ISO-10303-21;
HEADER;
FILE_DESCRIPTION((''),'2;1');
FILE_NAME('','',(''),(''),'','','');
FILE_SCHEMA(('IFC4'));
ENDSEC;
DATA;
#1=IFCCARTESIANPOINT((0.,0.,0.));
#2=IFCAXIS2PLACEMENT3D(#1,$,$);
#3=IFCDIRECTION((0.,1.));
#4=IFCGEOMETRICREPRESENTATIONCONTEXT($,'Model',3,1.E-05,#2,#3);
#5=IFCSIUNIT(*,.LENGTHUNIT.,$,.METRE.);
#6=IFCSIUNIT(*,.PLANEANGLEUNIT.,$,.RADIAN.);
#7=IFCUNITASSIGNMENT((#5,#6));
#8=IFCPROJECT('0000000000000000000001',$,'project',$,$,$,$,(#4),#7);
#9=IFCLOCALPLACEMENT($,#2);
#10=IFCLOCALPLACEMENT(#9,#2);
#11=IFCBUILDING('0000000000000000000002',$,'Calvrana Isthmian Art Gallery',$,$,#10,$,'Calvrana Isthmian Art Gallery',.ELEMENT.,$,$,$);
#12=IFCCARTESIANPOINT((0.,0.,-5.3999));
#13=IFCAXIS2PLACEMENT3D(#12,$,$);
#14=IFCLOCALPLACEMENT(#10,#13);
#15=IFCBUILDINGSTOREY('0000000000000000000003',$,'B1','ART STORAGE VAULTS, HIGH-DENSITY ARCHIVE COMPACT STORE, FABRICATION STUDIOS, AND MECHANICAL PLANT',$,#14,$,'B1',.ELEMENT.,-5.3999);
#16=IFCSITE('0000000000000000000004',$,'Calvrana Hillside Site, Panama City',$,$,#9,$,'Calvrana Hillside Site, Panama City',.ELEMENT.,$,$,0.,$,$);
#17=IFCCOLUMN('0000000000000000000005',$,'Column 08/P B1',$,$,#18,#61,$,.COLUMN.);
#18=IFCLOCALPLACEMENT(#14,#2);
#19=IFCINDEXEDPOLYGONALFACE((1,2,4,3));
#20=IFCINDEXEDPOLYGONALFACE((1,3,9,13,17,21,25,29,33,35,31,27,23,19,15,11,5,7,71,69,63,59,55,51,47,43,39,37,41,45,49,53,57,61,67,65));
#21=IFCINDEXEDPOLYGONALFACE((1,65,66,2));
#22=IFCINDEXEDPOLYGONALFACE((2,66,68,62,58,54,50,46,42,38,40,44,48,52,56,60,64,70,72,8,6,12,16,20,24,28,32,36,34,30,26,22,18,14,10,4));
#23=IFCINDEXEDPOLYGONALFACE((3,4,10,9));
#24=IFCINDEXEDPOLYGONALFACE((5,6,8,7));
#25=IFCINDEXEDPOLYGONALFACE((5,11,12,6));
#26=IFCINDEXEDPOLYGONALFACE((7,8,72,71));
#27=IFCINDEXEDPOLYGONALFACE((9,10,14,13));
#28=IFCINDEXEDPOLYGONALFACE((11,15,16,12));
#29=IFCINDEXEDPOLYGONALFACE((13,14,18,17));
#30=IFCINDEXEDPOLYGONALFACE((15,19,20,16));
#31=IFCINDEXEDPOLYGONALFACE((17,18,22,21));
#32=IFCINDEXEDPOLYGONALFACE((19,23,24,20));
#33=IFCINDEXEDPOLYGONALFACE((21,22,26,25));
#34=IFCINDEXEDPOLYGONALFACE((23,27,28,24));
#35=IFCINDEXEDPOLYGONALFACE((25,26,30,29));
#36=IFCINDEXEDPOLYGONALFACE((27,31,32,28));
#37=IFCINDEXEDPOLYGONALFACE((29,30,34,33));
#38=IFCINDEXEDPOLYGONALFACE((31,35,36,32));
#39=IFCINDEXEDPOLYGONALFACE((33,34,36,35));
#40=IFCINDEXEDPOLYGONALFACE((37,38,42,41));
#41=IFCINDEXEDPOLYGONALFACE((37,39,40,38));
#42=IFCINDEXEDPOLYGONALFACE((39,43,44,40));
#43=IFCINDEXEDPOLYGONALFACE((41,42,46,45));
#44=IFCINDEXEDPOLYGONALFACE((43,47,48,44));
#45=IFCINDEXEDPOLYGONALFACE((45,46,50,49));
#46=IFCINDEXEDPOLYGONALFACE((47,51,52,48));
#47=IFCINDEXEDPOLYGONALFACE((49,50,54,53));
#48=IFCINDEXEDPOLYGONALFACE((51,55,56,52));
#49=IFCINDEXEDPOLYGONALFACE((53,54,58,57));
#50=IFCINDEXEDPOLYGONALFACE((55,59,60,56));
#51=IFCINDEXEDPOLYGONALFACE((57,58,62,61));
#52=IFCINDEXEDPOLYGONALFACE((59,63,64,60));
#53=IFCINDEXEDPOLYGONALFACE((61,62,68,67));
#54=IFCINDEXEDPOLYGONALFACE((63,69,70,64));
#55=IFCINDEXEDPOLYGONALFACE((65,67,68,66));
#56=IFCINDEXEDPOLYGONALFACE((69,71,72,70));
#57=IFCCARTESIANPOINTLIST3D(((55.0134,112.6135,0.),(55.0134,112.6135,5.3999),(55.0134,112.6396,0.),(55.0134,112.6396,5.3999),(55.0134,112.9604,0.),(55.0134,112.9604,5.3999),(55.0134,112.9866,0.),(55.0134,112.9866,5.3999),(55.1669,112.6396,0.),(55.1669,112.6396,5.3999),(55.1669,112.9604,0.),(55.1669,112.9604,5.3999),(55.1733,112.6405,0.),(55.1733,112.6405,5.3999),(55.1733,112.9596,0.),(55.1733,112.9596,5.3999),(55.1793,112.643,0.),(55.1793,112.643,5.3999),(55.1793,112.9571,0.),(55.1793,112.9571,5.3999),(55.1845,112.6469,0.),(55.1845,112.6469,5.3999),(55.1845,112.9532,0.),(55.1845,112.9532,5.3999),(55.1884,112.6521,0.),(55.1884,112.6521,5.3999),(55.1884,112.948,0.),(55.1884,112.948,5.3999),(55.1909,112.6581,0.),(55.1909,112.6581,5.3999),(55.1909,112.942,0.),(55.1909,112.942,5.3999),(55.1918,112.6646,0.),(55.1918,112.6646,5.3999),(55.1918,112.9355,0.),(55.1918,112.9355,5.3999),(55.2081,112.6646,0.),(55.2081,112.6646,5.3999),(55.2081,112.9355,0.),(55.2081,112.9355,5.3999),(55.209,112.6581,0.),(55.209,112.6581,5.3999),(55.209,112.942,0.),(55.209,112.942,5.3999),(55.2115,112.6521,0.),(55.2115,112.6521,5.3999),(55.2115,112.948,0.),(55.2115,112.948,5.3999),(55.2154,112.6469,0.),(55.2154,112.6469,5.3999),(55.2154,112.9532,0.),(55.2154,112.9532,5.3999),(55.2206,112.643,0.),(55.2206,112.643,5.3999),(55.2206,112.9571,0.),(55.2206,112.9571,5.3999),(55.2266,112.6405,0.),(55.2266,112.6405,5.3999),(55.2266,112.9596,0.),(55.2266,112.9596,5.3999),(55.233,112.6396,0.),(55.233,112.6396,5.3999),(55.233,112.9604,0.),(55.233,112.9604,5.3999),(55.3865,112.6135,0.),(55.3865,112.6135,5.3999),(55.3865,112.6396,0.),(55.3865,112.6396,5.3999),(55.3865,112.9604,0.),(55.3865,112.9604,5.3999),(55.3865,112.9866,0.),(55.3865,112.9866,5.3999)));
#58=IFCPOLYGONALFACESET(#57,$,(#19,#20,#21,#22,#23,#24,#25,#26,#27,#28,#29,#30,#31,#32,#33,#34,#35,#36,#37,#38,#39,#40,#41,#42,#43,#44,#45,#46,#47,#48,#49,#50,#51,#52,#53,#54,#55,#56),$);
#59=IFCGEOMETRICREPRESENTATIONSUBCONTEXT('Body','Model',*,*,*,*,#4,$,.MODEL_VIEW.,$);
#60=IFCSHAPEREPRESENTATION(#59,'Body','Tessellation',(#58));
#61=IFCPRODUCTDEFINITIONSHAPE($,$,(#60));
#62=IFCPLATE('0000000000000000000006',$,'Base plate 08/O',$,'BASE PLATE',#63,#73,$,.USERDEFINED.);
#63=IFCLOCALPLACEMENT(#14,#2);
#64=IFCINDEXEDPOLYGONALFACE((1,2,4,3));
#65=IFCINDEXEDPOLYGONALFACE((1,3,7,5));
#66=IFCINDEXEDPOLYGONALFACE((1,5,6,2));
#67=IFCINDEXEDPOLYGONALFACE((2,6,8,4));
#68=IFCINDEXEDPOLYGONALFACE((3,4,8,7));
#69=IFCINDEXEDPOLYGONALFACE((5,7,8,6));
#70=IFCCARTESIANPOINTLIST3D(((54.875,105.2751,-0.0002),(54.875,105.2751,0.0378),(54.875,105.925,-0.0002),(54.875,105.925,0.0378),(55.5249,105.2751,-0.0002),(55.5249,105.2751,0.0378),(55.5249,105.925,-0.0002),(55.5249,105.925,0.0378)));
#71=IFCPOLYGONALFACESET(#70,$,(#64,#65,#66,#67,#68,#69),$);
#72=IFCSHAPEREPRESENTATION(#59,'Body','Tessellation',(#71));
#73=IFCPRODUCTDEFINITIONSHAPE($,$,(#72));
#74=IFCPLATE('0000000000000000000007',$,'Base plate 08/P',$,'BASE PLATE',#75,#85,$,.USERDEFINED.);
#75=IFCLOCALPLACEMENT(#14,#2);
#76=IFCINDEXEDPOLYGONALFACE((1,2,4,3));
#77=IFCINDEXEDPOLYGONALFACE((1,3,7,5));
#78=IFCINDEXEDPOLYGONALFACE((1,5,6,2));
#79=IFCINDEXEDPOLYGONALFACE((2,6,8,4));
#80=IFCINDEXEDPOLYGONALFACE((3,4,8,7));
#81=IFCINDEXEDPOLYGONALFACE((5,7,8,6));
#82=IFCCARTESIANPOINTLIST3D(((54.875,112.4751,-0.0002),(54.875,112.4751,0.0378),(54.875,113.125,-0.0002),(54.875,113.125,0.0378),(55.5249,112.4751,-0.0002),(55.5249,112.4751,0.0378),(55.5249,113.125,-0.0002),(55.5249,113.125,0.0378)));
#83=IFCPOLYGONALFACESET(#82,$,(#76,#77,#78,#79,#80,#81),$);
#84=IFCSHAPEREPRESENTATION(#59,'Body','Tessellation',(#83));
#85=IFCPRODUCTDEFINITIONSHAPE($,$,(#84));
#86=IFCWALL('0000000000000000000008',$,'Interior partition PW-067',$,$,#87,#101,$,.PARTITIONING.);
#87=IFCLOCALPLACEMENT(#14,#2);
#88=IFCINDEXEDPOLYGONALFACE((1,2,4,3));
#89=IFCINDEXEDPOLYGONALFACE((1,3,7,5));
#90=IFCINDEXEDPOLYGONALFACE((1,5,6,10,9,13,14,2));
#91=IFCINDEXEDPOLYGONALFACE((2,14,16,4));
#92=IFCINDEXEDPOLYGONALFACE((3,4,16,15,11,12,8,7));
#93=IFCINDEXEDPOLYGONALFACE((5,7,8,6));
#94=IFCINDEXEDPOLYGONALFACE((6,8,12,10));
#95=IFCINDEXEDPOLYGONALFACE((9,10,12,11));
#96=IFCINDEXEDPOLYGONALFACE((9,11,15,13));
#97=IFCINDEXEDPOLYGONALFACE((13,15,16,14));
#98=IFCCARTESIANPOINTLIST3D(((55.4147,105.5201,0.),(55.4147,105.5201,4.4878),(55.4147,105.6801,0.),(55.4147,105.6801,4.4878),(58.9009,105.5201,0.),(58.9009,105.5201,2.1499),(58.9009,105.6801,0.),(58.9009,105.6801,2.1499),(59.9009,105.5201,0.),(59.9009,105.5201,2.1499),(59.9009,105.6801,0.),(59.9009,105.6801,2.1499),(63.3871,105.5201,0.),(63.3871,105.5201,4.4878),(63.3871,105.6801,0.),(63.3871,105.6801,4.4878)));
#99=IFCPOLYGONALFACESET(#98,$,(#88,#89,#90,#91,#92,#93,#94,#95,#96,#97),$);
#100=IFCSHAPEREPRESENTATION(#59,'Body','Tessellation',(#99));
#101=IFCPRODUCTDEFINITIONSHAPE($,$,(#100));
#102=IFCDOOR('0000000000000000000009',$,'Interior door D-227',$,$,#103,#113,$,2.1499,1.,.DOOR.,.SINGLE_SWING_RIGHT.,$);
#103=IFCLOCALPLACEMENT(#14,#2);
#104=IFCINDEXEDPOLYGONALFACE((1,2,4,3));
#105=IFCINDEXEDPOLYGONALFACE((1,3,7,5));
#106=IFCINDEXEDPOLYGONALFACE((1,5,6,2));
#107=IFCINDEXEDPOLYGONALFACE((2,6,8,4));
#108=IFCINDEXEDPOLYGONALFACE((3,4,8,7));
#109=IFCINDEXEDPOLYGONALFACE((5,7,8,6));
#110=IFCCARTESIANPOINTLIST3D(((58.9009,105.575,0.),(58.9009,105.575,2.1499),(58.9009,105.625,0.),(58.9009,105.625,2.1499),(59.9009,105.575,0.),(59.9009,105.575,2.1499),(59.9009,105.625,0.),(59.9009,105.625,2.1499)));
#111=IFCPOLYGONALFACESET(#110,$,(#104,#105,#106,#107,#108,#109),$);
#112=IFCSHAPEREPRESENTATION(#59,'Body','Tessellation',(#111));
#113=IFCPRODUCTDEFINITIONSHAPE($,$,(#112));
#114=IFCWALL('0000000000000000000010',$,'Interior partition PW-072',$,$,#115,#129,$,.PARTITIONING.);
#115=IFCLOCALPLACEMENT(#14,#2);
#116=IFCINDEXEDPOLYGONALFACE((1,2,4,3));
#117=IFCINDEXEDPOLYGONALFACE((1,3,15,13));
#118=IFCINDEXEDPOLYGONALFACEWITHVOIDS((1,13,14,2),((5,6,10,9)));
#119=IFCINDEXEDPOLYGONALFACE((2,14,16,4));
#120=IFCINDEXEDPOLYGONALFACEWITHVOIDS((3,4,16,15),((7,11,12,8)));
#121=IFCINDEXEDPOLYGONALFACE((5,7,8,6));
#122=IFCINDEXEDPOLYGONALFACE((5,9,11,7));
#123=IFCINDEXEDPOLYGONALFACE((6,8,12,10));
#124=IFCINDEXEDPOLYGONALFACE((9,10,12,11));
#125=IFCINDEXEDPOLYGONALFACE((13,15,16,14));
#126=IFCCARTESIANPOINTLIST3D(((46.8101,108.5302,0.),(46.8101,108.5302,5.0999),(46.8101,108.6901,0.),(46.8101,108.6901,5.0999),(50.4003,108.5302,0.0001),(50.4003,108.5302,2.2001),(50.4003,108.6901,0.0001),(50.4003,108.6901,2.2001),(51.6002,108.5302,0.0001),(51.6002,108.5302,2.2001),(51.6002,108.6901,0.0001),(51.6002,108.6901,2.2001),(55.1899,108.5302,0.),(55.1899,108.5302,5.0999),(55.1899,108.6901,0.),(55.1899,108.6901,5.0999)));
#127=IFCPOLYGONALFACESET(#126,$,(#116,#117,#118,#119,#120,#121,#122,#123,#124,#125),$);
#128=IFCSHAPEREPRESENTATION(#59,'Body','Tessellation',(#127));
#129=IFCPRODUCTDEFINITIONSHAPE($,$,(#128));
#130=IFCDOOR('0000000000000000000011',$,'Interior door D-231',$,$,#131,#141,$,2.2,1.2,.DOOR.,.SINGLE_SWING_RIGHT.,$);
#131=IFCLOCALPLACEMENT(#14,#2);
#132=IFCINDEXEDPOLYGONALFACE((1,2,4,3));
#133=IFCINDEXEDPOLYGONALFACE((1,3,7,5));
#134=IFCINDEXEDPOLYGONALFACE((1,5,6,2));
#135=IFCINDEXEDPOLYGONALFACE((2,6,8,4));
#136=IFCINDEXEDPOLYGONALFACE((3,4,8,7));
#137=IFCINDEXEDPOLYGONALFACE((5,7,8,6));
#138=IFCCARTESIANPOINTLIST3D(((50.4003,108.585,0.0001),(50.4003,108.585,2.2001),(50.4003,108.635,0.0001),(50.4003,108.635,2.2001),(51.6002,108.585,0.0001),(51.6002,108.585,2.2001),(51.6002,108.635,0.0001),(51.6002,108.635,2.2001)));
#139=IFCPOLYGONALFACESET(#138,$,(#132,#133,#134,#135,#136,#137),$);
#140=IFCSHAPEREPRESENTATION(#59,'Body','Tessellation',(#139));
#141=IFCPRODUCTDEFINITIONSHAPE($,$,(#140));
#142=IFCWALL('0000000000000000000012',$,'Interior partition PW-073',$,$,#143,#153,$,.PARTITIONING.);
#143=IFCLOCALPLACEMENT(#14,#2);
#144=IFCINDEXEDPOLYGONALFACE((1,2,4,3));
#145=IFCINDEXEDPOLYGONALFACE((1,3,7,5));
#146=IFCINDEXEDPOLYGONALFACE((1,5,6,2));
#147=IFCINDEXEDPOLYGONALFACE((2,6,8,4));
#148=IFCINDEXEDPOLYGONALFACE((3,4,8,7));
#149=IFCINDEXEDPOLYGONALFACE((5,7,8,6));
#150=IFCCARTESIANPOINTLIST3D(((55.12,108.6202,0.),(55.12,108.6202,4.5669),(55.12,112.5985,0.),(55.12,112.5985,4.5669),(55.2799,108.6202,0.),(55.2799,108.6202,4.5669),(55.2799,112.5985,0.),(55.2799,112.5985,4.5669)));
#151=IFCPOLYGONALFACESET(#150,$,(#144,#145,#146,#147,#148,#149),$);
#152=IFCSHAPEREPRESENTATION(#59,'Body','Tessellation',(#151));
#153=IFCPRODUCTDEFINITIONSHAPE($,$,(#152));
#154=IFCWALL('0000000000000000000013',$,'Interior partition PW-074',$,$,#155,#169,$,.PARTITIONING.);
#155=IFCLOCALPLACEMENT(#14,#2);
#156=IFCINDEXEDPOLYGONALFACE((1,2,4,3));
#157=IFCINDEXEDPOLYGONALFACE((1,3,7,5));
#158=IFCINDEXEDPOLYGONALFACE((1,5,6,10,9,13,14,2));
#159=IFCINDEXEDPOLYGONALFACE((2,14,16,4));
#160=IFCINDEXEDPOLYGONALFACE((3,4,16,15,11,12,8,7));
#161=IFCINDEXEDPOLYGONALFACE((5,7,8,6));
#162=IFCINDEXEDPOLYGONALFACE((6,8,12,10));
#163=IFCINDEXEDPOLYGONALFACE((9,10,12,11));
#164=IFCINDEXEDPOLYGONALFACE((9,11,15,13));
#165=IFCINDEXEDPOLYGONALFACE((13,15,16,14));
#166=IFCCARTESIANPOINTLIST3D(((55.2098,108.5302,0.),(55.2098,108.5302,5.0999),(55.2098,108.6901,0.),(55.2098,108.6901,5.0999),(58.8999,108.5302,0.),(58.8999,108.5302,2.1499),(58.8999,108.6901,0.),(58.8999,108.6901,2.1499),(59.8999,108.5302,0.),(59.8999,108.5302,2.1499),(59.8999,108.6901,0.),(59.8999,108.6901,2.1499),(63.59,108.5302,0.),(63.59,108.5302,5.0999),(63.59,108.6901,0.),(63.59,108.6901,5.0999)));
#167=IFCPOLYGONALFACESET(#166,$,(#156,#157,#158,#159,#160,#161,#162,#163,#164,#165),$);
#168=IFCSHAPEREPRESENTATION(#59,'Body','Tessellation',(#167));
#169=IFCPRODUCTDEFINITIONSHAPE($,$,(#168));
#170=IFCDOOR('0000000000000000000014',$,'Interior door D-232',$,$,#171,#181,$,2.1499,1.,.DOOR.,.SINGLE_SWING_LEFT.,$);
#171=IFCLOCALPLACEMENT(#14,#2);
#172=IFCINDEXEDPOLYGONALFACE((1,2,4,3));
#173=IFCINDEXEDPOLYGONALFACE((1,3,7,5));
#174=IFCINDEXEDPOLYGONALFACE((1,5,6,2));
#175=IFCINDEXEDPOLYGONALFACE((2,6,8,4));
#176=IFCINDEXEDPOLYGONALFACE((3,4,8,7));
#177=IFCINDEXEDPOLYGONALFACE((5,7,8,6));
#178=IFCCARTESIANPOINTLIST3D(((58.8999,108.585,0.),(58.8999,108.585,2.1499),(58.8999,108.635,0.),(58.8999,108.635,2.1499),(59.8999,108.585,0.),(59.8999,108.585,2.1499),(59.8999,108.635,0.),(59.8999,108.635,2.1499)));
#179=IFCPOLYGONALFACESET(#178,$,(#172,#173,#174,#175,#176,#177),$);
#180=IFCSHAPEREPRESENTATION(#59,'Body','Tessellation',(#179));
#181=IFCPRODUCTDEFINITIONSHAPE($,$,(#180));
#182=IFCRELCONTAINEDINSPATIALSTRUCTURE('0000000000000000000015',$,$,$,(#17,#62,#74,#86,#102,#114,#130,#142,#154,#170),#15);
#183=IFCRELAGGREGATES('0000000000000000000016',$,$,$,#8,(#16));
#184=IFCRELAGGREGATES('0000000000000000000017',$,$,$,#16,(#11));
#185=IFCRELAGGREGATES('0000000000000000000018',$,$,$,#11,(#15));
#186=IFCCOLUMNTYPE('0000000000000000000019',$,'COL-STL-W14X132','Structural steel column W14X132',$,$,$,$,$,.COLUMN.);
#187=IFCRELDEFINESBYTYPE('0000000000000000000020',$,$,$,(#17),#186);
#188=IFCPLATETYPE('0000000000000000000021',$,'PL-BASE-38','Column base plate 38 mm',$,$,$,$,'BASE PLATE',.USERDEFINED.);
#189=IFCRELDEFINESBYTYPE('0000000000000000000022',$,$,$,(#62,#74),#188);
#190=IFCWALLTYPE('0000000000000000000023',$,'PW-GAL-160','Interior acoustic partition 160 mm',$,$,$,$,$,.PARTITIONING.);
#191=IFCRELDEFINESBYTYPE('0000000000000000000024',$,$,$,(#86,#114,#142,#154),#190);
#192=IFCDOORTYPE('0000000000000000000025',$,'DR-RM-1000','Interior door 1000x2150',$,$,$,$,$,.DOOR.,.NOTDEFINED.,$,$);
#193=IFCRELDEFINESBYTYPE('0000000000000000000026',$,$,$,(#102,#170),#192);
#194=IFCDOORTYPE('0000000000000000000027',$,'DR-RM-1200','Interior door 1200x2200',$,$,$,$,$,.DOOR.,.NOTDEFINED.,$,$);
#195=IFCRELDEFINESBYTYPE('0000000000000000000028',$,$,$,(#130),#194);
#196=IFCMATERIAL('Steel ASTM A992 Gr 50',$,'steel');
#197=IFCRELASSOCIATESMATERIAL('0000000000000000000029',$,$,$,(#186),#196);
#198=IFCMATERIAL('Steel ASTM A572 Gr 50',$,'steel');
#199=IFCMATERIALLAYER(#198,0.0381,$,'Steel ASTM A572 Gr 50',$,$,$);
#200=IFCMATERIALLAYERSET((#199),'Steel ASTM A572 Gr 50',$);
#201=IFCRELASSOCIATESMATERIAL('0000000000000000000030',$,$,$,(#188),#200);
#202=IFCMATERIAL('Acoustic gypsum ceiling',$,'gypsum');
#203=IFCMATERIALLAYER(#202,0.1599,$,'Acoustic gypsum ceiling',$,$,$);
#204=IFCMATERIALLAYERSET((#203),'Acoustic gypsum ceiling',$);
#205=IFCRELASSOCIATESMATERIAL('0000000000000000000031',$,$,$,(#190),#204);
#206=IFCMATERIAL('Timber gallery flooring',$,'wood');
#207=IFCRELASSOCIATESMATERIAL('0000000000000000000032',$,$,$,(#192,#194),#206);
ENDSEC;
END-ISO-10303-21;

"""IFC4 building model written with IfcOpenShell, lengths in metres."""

from ifc_helpers import new_model, si_unit, direction, frame, frame_2d, origin, origin_2d, place, context, subcontext, project, spatial, rectangle, i_section, extrude, material, layer, layer_set, material_profile, profile_set, type_object, element, fill, save


model = new_model("IFC4")

# Units and contexts
model_context = context("Model", 3, precision=1e-05, world=origin(), true_north=direction((0.0, 1.0)))
body_context = subcontext(model_context, "Body", "Model", "MODEL_VIEW")
ifc_project = project(units=[si_unit("LENGTHUNIT", "METRE"), si_unit("PLANEANGLEUNIT", "RADIAN")], contexts=[model_context])

# Site, building, storey
site_placement = place(None, origin())
site = spatial("IfcSite", under=ifc_project, at=site_placement, Name="Calvrana Hillside Site, Panama City", LongName="Calvrana Hillside Site, Panama City", CompositionType="ELEMENT", RefElevation=0.0)
building_placement = place(site_placement, origin())
building = spatial("IfcBuilding", under=site, at=building_placement, Name="Calvrana Isthmian Art Gallery", LongName="Calvrana Isthmian Art Gallery", CompositionType="ELEMENT")
storey_placement = place(building_placement, frame((0.0, 0.0, -5.3999)))
storey = spatial("IfcBuildingStorey", under=building, at=storey_placement, Name="B1", Description="ART STORAGE VAULTS, HIGH-DENSITY ARCHIVE COMPACT STORE, FABRICATION STUDIOS, AND MECHANICAL PLANT", LongName="B1", CompositionType="ELEMENT", Elevation=-5.3999)

# Column
ifc_material_1 = material(Name="Steel ASTM A992 Gr 50", Category="steel")
ifc_material_profile_1 = material_profile(ifc_material_1, i_section(OverallWidth=0.373, OverallDepth=0.373, WebThickness=0.0164, FlangeThickness=0.0261, FilletRadius=0.0249, at=origin_2d()), Name="W14X132")
ifc_profile_set_1 = profile_set([ifc_material_profile_1], Name="Steel ASTM A992 Gr 50")
column_type = type_object("IfcColumnType", Name="COL-STL-W14X132", Description="Structural steel column W14X132", PredefinedType="COLUMN", material=ifc_profile_set_1)
column_placement = place(storey_placement, frame((55.2, 112.8, 0.0), z_axis=(0.0, 0.0, 1.0), x_axis=(1.0, 0.0, 0.0)))
element("IfcColumn", 1, at=column_placement, inside=storey, type_object=column_type, Name="Column 08/P B1", PredefinedType="COLUMN", context=body_context, shape_type="SweptSolid", body=[
    extrude(i_section(OverallWidth=0.373, OverallDepth=0.373, WebThickness=0.0164, FlangeThickness=0.0261, FilletRadius=0.0249, at=origin_2d()), origin(), (0.0, 0.0, 1.0), 5.3999),
])

# Plates
ifc_material_2 = material(Name="Steel ASTM A572 Gr 50", Category="steel")
ifc_layer_1 = layer(ifc_material_2, 0.0381, Name="Steel ASTM A572 Gr 50")
ifc_layer_set_1 = layer_set([ifc_layer_1], Name="Steel ASTM A572 Gr 50")
plate_type = type_object("IfcPlateType", Name="PL-BASE-38", Description="Column base plate 38 mm", ElementType="BASE PLATE", PredefinedType="USERDEFINED", material=ifc_layer_set_1)
for number, where, z_axis, x_axis, name in (
    (2, (55.2, 105.6001, -0.0002), (0.0, 0.0, 1.0), (1.0, 0.0, 0.0), "Base plate 08/O"),
    (3, (55.2, 112.8, -0.0002), (0.0, 0.0, 1.0), (1.0, 0.0, 0.0), "Base plate 08/P"),
):
    element("IfcPlate", number, at=place(storey_placement, frame(where, z_axis=z_axis, x_axis=x_axis)), inside=storey, type_object=plate_type, Name=name, ObjectType="BASE PLATE", PredefinedType="USERDEFINED", context=body_context, shape_type="SweptSolid", body=[
        extrude(rectangle(XDim=0.6499, YDim=0.6499, at=origin_2d()), origin(), (0.0, 0.0, 1.0), 0.0381),
    ])

# Walls, openings, doors
ifc_material_3 = material(Name="Acoustic gypsum ceiling", Category="gypsum")
ifc_layer_2 = layer(ifc_material_3, 0.1599, Name="Acoustic gypsum ceiling")
ifc_layer_set_2 = layer_set([ifc_layer_2], Name="Acoustic gypsum ceiling")
wall_type_1 = type_object("IfcWallType", Name="PW-GAL-160", Description="Interior acoustic partition 160 mm", PredefinedType="PARTITIONING", material=ifc_layer_set_2)
wall_1_placement = place(storey_placement, frame((55.4146, 105.6001, 0.0), z_axis=(0.0, 0.0, 1.0), x_axis=(1.0, 0.0, 0.0)))
wall_1 = element("IfcWall", 4, at=wall_1_placement, inside=storey, type_object=wall_type_1, Name="Interior partition PW-067", PredefinedType="PARTITIONING", context=body_context, shape_type="SweptSolid", body=[
    extrude(rectangle(XDim=7.9724, YDim=0.1599, at=frame_2d((3.9863, 0.0))), origin(), (0.0, 0.0, 1.0), 4.4878),
])
opening_1_placement = place(wall_1_placement, frame((3.4863, 0.0, 0.0)))
opening_1 = element("IfcOpeningElement", 5, at=opening_1_placement, cuts=wall_1, PredefinedType="OPENING", context=body_context, shape_type="SweptSolid", body=[
    extrude(rectangle(XDim=1.0, YDim=2.1499, at=frame_2d((0.5, 1.075))), frame((0.0, 0.0903, 0.0), z_axis=(0.0, -1.0, 0.0), x_axis=(1.0, 0.0, 0.0)), (0.0, 0.0, 1.0), 0.1804),
])
ifc_material_4 = material(Name="Timber gallery flooring", Category="wood")
door_type_1 = type_object("IfcDoorType", Name="DR-RM-1000", Description="Interior door 1000x2150", OperationType="NOTDEFINED", PredefinedType="DOOR", material=ifc_material_4)
door_1_placement = place(opening_1_placement, origin())
door_1 = element("IfcDoor", 6, at=door_1_placement, inside=storey, type_object=door_type_1, Name="Interior door D-227", OperationType="SINGLE_SWING_RIGHT", OverallHeight=2.1499, OverallWidth=1.0, PredefinedType="DOOR", context=body_context, shape_type="SweptSolid", body=[
    extrude(rectangle(XDim=1.0, YDim=2.1499, at=frame_2d((0.5, 1.075))), frame((0.0, 0.0249, 0.0), z_axis=(0.0, -1.0, 0.0), x_axis=(1.0, 0.0, 0.0)), (0.0, 0.0, 1.0), 0.05),
])
fill(opening_1, door_1)
wall_2_placement = place(storey_placement, frame((46.8101, 108.6101, 0.0), z_axis=(0.0, 0.0, 1.0), x_axis=(1.0, 0.0, 0.0)))
wall_2 = element("IfcWall", 7, at=wall_2_placement, inside=storey, type_object=wall_type_1, Name="Interior partition PW-072", PredefinedType="PARTITIONING", context=body_context, shape_type="SweptSolid", body=[
    extrude(rectangle(XDim=8.3799, YDim=0.1599, at=frame_2d((4.1899, 0.0))), origin(), (0.0, 0.0, 1.0), 5.0999),
])
opening_2_placement = place(wall_2_placement, frame((3.5901, 0.0, 0.0)))
opening_2 = element("IfcOpeningElement", 8, at=opening_2_placement, cuts=wall_2, PredefinedType="OPENING", context=body_context, shape_type="SweptSolid", body=[
    extrude(rectangle(XDim=1.2, YDim=2.2, at=frame_2d((0.6001, 1.1001))), frame((0.0, 0.0903, 0.0), z_axis=(0.0, -1.0, 0.0), x_axis=(1.0, 0.0, 0.0)), (0.0, 0.0, 1.0), 0.1804),
])
door_type_2 = type_object("IfcDoorType", Name="DR-RM-1200", Description="Interior door 1200x2200", OperationType="NOTDEFINED", PredefinedType="DOOR", material=ifc_material_4)
door_2_placement = place(opening_2_placement, origin())
door_2 = element("IfcDoor", 9, at=door_2_placement, inside=storey, type_object=door_type_2, Name="Interior door D-231", OperationType="SINGLE_SWING_RIGHT", OverallHeight=2.2, OverallWidth=1.2, PredefinedType="DOOR", context=body_context, shape_type="SweptSolid", body=[
    extrude(rectangle(XDim=1.2, YDim=2.2, at=frame_2d((0.6001, 1.1001))), frame((0.0, 0.0249, 0.0), z_axis=(0.0, -1.0, 0.0), x_axis=(1.0, 0.0, 0.0)), (0.0, 0.0, 1.0), 0.05),
])
fill(opening_2, door_2)

# Wall
wall_3_placement = place(storey_placement, frame((55.2, 108.6201, 0.0), z_axis=(0.0, 0.0, 1.0), x_axis=(0.0, 1.0, 0.0)))
element("IfcWall", 10, at=wall_3_placement, inside=storey, type_object=wall_type_1, Name="Interior partition PW-073", PredefinedType="PARTITIONING", context=body_context, shape_type="SweptSolid", body=[
    extrude(rectangle(XDim=3.9783, YDim=0.1599, at=frame_2d((1.9893, 0.0))), origin(), (0.0, 0.0, 1.0), 4.5669),
])

# Wall, opening, door
wall_4_placement = place(storey_placement, frame((55.21, 108.6101, 0.0), z_axis=(0.0, 0.0, 1.0), x_axis=(1.0, 0.0, 0.0)))
wall_4 = element("IfcWall", 11, at=wall_4_placement, inside=storey, type_object=wall_type_1, Name="Interior partition PW-074", PredefinedType="PARTITIONING", context=body_context, shape_type="SweptSolid", body=[
    extrude(rectangle(XDim=8.3801, YDim=0.1599, at=frame_2d((4.1899, 0.0))), origin(), (0.0, 0.0, 1.0), 5.0999),
])
opening_3_placement = place(wall_4_placement, frame((3.6899, 0.0, 0.0)))
opening_3 = element("IfcOpeningElement", 12, at=opening_3_placement, cuts=wall_4, PredefinedType="OPENING", context=body_context, shape_type="SweptSolid", body=[
    extrude(rectangle(XDim=1.0, YDim=2.1499, at=frame_2d((0.5, 1.075))), frame((0.0, 0.0903, 0.0), z_axis=(0.0, -1.0, 0.0), x_axis=(1.0, 0.0, 0.0)), (0.0, 0.0, 1.0), 0.1804),
])
door_3_placement = place(opening_3_placement, origin())
door_3 = element("IfcDoor", 13, at=door_3_placement, inside=storey, type_object=door_type_1, Name="Interior door D-232", OperationType="SINGLE_SWING_LEFT", OverallHeight=2.1499, OverallWidth=1.0, PredefinedType="DOOR", context=body_context, shape_type="SweptSolid", body=[
    extrude(rectangle(XDim=1.0, YDim=2.1499, at=frame_2d((0.5, 1.075))), frame((0.0, 0.0249, 0.0), z_axis=(0.0, -1.0, 0.0), x_axis=(1.0, 0.0, 0.0)), (0.0, 0.0, 1.0), 0.05),
])
fill(opening_3, door_3)

save(model, "model.ifc")
